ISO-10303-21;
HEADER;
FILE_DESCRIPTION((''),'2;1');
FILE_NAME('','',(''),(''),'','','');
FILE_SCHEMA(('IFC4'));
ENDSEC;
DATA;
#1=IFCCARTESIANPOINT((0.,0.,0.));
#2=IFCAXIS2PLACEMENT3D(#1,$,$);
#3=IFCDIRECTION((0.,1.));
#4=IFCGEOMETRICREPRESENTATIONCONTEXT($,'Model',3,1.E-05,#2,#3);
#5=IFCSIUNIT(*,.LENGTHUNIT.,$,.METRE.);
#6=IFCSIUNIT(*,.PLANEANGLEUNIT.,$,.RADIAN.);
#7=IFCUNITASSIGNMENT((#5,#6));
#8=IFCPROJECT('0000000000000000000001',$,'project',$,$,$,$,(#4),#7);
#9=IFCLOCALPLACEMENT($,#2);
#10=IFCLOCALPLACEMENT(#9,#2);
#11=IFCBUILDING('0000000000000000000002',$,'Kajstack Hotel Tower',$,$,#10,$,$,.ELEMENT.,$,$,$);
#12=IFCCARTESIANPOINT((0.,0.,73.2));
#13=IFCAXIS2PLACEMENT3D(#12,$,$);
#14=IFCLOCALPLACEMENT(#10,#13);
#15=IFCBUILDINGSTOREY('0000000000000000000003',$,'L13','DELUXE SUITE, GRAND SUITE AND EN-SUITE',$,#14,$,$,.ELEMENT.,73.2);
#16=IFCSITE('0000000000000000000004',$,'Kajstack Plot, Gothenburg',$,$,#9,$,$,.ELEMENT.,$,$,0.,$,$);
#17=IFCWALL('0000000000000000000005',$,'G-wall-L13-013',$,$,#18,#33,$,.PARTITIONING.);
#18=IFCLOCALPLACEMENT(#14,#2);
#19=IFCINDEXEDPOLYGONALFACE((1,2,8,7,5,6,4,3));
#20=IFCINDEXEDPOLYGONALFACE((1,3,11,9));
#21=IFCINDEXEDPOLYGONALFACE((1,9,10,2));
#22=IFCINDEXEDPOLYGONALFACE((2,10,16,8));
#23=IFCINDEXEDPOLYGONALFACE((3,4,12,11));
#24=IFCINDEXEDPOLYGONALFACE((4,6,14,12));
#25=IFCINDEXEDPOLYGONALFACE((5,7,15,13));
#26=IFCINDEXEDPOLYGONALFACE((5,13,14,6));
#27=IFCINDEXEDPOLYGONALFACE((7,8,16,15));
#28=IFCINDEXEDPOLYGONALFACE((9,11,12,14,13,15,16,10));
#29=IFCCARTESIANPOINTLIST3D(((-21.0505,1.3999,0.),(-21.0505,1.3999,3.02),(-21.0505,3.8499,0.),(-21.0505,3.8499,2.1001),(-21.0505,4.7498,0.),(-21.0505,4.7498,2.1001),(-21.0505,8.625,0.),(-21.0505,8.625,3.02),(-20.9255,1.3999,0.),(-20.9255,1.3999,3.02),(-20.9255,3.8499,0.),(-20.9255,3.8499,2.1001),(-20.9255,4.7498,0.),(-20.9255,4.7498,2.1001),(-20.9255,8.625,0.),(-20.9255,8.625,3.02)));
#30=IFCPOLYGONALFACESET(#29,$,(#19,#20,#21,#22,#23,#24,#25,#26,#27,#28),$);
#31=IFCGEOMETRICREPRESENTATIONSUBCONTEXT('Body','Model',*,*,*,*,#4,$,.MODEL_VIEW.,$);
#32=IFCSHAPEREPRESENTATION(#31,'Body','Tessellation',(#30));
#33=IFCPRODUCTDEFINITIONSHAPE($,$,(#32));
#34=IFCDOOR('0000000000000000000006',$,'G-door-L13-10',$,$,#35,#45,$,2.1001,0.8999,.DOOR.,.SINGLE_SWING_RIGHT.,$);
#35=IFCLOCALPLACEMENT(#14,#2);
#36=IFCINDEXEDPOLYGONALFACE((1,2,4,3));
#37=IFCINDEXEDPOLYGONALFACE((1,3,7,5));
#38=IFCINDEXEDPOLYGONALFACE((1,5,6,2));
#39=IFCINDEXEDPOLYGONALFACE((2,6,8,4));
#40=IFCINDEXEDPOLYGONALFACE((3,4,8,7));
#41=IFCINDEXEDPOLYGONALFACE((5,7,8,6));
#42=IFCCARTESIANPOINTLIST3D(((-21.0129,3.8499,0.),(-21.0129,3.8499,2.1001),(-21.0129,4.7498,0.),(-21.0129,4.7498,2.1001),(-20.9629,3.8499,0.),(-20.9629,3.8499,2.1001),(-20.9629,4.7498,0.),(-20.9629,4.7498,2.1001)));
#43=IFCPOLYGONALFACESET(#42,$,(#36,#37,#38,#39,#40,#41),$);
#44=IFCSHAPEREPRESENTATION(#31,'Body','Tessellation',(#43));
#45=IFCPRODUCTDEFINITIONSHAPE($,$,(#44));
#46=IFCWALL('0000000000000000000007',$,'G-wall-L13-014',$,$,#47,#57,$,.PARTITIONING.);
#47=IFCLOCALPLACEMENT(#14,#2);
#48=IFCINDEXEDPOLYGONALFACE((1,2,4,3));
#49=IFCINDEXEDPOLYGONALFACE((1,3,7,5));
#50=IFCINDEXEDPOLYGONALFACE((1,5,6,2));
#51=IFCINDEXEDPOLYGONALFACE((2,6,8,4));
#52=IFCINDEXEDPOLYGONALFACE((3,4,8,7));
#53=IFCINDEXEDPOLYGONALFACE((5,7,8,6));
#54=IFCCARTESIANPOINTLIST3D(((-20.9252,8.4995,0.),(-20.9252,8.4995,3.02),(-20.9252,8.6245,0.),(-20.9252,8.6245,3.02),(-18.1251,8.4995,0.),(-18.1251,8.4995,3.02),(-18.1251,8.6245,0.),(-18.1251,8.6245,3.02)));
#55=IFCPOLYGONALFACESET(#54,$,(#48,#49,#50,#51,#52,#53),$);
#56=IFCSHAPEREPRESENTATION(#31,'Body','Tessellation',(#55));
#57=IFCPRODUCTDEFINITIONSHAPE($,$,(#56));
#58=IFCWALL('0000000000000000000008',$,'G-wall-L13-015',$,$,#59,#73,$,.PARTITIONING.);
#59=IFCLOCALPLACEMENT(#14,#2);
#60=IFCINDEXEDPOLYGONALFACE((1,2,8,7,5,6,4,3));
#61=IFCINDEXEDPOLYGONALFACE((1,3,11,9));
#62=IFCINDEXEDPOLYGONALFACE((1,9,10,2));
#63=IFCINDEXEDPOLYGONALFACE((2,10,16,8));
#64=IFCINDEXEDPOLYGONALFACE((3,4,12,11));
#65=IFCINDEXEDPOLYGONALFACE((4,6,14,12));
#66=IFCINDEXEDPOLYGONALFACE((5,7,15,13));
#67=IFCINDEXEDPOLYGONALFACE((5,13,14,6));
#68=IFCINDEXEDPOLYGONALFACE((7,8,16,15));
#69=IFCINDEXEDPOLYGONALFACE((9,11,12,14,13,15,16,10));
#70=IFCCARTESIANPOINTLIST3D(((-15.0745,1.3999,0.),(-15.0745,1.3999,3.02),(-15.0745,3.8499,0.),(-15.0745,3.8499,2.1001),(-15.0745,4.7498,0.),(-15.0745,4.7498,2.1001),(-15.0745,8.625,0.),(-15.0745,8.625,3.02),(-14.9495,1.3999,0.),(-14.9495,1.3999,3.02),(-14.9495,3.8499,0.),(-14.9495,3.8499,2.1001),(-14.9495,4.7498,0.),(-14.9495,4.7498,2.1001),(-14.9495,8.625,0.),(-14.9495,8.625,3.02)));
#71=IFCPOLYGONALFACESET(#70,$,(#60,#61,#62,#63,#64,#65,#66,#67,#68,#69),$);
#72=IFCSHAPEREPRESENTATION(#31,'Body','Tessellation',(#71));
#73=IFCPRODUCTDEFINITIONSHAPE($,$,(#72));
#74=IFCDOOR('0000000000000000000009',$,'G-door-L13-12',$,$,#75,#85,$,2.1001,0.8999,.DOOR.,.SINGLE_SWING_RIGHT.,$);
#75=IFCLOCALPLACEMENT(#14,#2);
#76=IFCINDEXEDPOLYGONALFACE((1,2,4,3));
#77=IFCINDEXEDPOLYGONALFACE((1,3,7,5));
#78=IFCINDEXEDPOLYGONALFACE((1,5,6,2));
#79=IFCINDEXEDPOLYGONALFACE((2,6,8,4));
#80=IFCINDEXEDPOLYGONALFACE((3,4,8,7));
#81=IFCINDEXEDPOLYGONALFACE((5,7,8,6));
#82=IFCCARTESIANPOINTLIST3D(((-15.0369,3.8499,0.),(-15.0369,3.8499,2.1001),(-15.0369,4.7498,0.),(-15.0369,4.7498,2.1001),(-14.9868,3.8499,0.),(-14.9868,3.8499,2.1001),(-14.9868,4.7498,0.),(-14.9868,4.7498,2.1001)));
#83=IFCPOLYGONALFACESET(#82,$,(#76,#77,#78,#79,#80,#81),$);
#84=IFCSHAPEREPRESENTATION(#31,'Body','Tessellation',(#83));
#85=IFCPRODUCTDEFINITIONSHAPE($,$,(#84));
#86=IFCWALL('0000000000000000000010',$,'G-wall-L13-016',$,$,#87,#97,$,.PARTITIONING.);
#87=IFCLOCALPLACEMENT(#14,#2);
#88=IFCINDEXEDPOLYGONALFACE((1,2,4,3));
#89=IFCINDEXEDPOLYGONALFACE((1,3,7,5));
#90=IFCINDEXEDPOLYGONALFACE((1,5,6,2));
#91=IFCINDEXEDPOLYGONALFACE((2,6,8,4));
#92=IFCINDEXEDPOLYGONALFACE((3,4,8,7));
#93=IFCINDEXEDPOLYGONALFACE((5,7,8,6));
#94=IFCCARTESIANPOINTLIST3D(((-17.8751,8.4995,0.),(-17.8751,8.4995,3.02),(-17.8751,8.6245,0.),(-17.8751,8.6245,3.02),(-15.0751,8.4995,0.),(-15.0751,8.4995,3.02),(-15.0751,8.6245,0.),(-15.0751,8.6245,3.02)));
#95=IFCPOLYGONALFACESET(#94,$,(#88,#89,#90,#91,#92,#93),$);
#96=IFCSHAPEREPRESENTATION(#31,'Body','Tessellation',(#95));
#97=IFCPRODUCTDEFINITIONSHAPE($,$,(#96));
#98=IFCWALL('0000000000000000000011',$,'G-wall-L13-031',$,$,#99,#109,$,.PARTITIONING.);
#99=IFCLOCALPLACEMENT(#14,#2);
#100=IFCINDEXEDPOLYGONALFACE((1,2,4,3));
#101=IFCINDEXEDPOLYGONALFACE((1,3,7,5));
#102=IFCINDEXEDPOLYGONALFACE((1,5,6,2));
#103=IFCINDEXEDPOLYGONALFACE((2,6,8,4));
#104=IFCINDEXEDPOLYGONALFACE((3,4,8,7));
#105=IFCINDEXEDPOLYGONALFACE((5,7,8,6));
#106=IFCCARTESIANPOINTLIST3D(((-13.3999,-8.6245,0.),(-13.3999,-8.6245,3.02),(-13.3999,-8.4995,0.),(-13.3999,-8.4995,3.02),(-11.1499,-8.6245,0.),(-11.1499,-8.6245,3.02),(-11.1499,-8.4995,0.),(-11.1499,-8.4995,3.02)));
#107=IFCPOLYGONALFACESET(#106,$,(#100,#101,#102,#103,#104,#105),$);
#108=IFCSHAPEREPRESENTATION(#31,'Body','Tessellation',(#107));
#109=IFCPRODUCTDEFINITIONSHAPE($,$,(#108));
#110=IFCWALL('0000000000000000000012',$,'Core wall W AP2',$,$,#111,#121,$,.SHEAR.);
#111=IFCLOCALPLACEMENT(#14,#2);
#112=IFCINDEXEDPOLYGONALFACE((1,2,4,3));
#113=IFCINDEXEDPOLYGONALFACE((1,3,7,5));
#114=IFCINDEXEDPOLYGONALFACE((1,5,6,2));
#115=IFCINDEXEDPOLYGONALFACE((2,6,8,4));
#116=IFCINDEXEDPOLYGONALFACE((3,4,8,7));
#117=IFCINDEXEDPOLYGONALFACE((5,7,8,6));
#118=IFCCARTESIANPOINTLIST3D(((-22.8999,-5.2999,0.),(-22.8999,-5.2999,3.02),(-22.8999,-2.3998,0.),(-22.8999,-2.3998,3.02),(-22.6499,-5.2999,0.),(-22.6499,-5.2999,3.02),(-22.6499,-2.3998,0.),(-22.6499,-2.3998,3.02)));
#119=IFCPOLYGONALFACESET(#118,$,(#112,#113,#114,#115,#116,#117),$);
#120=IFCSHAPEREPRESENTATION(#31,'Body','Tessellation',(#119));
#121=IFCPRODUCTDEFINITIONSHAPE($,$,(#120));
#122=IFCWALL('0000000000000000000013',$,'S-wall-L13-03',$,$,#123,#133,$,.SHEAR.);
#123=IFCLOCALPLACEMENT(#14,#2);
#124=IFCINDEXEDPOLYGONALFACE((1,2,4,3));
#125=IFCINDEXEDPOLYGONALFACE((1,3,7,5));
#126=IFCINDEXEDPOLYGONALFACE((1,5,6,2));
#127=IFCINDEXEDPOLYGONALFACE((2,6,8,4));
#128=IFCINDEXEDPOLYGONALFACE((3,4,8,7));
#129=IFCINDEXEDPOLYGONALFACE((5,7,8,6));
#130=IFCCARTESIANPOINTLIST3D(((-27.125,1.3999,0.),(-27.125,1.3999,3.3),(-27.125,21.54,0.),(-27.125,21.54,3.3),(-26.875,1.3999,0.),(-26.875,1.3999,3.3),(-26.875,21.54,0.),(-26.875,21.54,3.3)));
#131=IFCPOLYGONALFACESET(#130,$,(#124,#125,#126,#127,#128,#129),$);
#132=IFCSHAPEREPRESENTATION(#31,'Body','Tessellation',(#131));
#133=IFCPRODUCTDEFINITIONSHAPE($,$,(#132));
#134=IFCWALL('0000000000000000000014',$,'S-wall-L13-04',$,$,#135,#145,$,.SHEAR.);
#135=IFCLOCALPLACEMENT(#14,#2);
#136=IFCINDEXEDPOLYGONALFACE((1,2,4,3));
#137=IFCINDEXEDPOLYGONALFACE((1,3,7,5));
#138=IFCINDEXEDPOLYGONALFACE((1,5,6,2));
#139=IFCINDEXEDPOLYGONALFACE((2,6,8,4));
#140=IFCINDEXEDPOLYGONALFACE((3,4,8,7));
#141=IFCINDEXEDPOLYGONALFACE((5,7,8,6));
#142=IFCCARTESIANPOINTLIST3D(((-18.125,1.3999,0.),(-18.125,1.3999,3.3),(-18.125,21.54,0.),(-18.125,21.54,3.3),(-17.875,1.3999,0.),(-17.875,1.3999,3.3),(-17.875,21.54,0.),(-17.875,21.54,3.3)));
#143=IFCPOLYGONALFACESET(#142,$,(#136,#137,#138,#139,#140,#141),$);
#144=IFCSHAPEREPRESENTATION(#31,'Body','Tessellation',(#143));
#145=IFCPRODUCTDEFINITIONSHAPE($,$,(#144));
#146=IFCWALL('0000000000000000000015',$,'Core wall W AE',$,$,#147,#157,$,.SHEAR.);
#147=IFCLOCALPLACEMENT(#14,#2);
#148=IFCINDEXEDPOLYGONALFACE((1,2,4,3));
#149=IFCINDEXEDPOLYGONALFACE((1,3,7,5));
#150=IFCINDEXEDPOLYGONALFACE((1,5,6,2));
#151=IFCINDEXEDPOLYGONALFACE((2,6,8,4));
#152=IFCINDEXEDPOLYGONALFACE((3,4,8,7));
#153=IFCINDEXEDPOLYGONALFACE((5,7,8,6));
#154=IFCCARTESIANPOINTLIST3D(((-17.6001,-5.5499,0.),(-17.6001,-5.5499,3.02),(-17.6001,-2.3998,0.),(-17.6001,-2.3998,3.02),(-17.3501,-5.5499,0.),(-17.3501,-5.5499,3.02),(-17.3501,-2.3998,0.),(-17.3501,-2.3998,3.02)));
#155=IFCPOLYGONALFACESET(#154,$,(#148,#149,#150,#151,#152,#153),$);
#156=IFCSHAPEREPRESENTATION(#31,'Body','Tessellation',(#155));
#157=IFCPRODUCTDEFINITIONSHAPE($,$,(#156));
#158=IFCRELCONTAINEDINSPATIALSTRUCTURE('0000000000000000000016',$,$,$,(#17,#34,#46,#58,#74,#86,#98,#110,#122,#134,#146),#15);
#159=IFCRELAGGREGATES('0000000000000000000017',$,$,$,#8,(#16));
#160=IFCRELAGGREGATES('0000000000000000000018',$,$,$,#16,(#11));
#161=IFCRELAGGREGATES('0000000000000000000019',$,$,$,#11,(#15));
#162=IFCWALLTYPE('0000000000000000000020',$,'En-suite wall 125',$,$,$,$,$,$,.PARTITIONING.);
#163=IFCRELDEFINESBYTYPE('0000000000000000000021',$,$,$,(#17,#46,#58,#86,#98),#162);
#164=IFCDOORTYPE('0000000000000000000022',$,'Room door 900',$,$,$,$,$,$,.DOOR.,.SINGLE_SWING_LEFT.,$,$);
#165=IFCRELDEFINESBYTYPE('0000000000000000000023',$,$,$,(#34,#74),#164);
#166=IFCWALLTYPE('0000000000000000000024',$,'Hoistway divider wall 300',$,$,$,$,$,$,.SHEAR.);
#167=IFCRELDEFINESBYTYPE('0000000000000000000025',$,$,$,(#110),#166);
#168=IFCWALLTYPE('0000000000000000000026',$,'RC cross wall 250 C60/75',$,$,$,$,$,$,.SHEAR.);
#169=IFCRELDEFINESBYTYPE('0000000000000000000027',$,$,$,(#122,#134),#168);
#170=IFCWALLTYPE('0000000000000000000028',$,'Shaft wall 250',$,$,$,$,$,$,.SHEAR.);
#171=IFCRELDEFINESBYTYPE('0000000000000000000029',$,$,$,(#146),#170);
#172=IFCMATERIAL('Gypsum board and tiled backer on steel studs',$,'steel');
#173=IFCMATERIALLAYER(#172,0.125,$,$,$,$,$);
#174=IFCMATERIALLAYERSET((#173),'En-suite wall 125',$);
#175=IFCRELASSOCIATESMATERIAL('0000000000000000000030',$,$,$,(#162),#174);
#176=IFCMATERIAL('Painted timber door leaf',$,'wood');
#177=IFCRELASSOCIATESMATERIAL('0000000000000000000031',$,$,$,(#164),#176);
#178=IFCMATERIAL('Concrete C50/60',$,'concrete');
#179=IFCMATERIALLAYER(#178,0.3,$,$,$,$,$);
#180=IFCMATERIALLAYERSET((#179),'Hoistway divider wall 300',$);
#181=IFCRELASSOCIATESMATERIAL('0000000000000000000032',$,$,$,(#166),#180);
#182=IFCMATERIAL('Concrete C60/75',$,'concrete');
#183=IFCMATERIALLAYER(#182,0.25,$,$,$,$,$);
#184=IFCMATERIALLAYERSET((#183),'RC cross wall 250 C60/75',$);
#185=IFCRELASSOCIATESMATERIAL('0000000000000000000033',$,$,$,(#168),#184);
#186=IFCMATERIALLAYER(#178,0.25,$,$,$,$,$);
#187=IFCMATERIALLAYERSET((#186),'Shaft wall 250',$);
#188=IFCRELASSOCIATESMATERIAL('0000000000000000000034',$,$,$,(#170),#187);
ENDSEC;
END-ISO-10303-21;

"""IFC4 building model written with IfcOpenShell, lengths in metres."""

from ifc_helpers import new_model, si_unit, direction, frame, frame_2d, origin, place, context, subcontext, project, spatial, rectangle, extrude, material, layer, layer_set, type_object, element, fill, save


model = new_model("IFC4")

# Units and contexts
model_context = context("Model", 3, precision=1e-05, world=origin(), true_north=direction((0.0, 1.0)))
body_context = subcontext(model_context, "Body", "Model", "MODEL_VIEW")
ifc_project = project(units=[si_unit("LENGTHUNIT", "METRE"), si_unit("PLANEANGLEUNIT", "RADIAN")], contexts=[model_context])

# Site, building, storey
site_placement = place(None, origin())
site = spatial("IfcSite", under=ifc_project, at=site_placement, Name="Kajstack Plot, Gothenburg", CompositionType="ELEMENT", RefElevation=0.0)
building_placement = place(site_placement, origin())
building = spatial("IfcBuilding", under=site, at=building_placement, Name="Kajstack Hotel Tower", CompositionType="ELEMENT")
storey_placement = place(building_placement, frame((0.0, 0.0, 73.2)))
storey = spatial("IfcBuildingStorey", under=building, at=storey_placement, Name="L13", Description="DELUXE SUITE, GRAND SUITE AND EN-SUITE", CompositionType="ELEMENT", Elevation=73.2)

# Wall, opening, door
ifc_material_1 = material(Name="Gypsum board and tiled backer on steel studs", Category="steel")
ifc_layer_1 = layer(ifc_material_1, 0.125)
ifc_layer_set_1 = layer_set([ifc_layer_1], Name="En-suite wall 125")
wall_type_1 = type_object("IfcWallType", Name="En-suite wall 125", PredefinedType="PARTITIONING", material=ifc_layer_set_1)
wall_1_placement = place(storey_placement, frame((-20.988, 1.3999, 0.0), z_axis=(0.0, 0.0, 1.0), x_axis=(0.0, 1.0, 0.0)))
wall_1 = element("IfcWall", 1, at=wall_1_placement, inside=storey, type_object=wall_type_1, Name="G-wall-L13-013", PredefinedType="PARTITIONING", context=body_context, shape_type="SweptSolid", body=[
    extrude(rectangle(XDim=7.2251, YDim=0.125, at=frame_2d((3.6125, 0.0))), origin(), (0.0, 0.0, 1.0), 3.02),
])
opening_1_placement = place(wall_1_placement, frame((2.45, 0.0, 0.0)))
opening_1 = element("IfcOpeningElement", 2, at=opening_1_placement, cuts=wall_1, PredefinedType="OPENING", context=body_context, shape_type="SweptSolid", body=[
    extrude(rectangle(XDim=0.8999, YDim=2.1001, at=frame_2d((0.45, 1.05))), frame((0.0, 0.0725, 0.0), z_axis=(0.0, -1.0, 0.0), x_axis=(1.0, 0.0, 0.0)), (0.0, 0.0, 1.0), 0.145),
])
ifc_material_2 = material(Name="Painted timber door leaf", Category="wood")
door_type_1 = type_object("IfcDoorType", Name="Room door 900", OperationType="SINGLE_SWING_LEFT", PredefinedType="DOOR", material=ifc_material_2)
door_1_placement = place(opening_1_placement, origin())
door_1 = element("IfcDoor", 3, at=door_1_placement, inside=storey, type_object=door_type_1, Name="G-door-L13-10", OperationType="SINGLE_SWING_RIGHT", OverallHeight=2.1001, OverallWidth=0.8999, PredefinedType="DOOR", context=body_context, shape_type="SweptSolid", body=[
    extrude(rectangle(XDim=0.8999, YDim=2.1001, at=frame_2d((0.45, 1.05))), frame((0.0, 0.0249, 0.0), z_axis=(0.0, -1.0, 0.0), x_axis=(1.0, 0.0, 0.0)), (0.0, 0.0, 1.0), 0.05),
])
fill(opening_1, door_1)

# Wall
wall_2_placement = place(storey_placement, frame((-20.925, 8.562, 0.0), z_axis=(0.0, 0.0, 1.0), x_axis=(1.0, 0.0, 0.0)))
element("IfcWall", 4, at=wall_2_placement, inside=storey, type_object=wall_type_1, Name="G-wall-L13-014", PredefinedType="PARTITIONING", context=body_context, shape_type="SweptSolid", body=[
    extrude(rectangle(XDim=2.8, YDim=0.125, at=frame_2d((1.3999, 0.0))), origin(), (0.0, 0.0, 1.0), 3.02),
])

# Wall, opening, door
wall_3_placement = place(storey_placement, frame((-15.012, 1.3999, 0.0), z_axis=(0.0, 0.0, 1.0), x_axis=(0.0, 1.0, 0.0)))
wall_3 = element("IfcWall", 5, at=wall_3_placement, inside=storey, type_object=wall_type_1, Name="G-wall-L13-015", PredefinedType="PARTITIONING", context=body_context, shape_type="SweptSolid", body=[
    extrude(rectangle(XDim=7.2251, YDim=0.125, at=frame_2d((3.6125, 0.0))), origin(), (0.0, 0.0, 1.0), 3.02),
])
opening_2_placement = place(wall_3_placement, frame((2.45, 0.0, 0.0)))
opening_2 = element("IfcOpeningElement", 6, at=opening_2_placement, cuts=wall_3, PredefinedType="OPENING", context=body_context, shape_type="SweptSolid", body=[
    extrude(rectangle(XDim=0.8999, YDim=2.1001, at=frame_2d((0.45, 1.05))), frame((0.0, 0.0725, 0.0), z_axis=(0.0, -1.0, 0.0), x_axis=(1.0, 0.0, 0.0)), (0.0, 0.0, 1.0), 0.145),
])
door_2_placement = place(opening_2_placement, origin())
door_2 = element("IfcDoor", 7, at=door_2_placement, inside=storey, type_object=door_type_1, Name="G-door-L13-12", OperationType="SINGLE_SWING_RIGHT", OverallHeight=2.1001, OverallWidth=0.8999, PredefinedType="DOOR", context=body_context, shape_type="SweptSolid", body=[
    extrude(rectangle(XDim=0.8999, YDim=2.1001, at=frame_2d((0.45, 1.05))), frame((0.0, 0.0249, 0.0), z_axis=(0.0, -1.0, 0.0), x_axis=(1.0, 0.0, 0.0)), (0.0, 0.0, 1.0), 0.05),
])
fill(opening_2, door_2)

# Walls
wall_4_placement = place(storey_placement, frame((-17.875, 8.562, 0.0), z_axis=(0.0, 0.0, 1.0), x_axis=(1.0, 0.0, 0.0)))
element("IfcWall", 8, at=wall_4_placement, inside=storey, type_object=wall_type_1, Name="G-wall-L13-016", PredefinedType="PARTITIONING", context=body_context, shape_type="SweptSolid", body=[
    extrude(rectangle(XDim=2.8, YDim=0.125, at=frame_2d((1.3999, 0.0))), origin(), (0.0, 0.0, 1.0), 3.02),
])
wall_5_placement = place(storey_placement, frame((-13.3999, -8.562, 0.0), z_axis=(0.0, 0.0, 1.0), x_axis=(1.0, 0.0, 0.0)))
element("IfcWall", 9, at=wall_5_placement, inside=storey, type_object=wall_type_1, Name="G-wall-L13-031", PredefinedType="PARTITIONING", context=body_context, shape_type="SweptSolid", body=[
    extrude(rectangle(XDim=2.25, YDim=0.125, at=frame_2d((1.125, 0.0))), origin(), (0.0, 0.0, 1.0), 3.02),
])
ifc_material_3 = material(Name="Concrete C50/60", Category="concrete")
ifc_layer_2 = layer(ifc_material_3, 0.3)
ifc_layer_set_2 = layer_set([ifc_layer_2], Name="Hoistway divider wall 300")
wall_type_2 = type_object("IfcWallType", Name="Hoistway divider wall 300", PredefinedType="SHEAR", material=ifc_layer_set_2)
wall_6_placement = place(storey_placement, frame((-22.7749, -5.3, 0.0), z_axis=(0.0, 0.0, 1.0), x_axis=(0.0, 1.0, 0.0)))
element("IfcWall", 10, at=wall_6_placement, inside=storey, type_object=wall_type_2, Name="Core wall W AP2", PredefinedType="SHEAR", context=body_context, shape_type="SweptSolid", body=[
    extrude(rectangle(XDim=2.9001, YDim=0.25, at=frame_2d((1.4502, 0.0))), origin(), (0.0, 0.0, 1.0), 3.02),
])
ifc_material_4 = material(Name="Concrete C60/75", Category="concrete")
ifc_layer_3 = layer(ifc_material_4, 0.25)
ifc_layer_set_3 = layer_set([ifc_layer_3], Name="RC cross wall 250 C60/75")
wall_type_3 = type_object("IfcWallType", Name="RC cross wall 250 C60/75", PredefinedType="SHEAR", material=ifc_layer_set_3)
for number, where, z_axis, x_axis, name in (
    (11, (-27.0, 1.3999, 0.0), (0.0, 0.0, 1.0), (0.0, 1.0, 0.0), "S-wall-L13-03"),
    (12, (-18.0, 1.3999, 0.0), (0.0, 0.0, 1.0), (0.0, 1.0, 0.0), "S-wall-L13-04"),
):
    element("IfcWall", number, at=place(storey_placement, frame(where, z_axis=z_axis, x_axis=x_axis)), inside=storey, type_object=wall_type_3, Name=name, PredefinedType="SHEAR", context=body_context, shape_type="SweptSolid", body=[
        extrude(rectangle(XDim=20.1401, YDim=0.25, at=frame_2d((10.0701, 0.0))), origin(), (0.0, 0.0, 1.0), 3.3),
    ])
ifc_layer_4 = layer(ifc_material_3, 0.25)
ifc_layer_set_4 = layer_set([ifc_layer_4], Name="Shaft wall 250")
wall_type_4 = type_object("IfcWallType", Name="Shaft wall 250", PredefinedType="SHEAR", material=ifc_layer_set_4)
wall_7_placement = place(storey_placement, frame((-17.4751, -5.55, 0.0), z_axis=(0.0, 0.0, 1.0), x_axis=(0.0, 1.0, 0.0)))
element("IfcWall", 13, at=wall_7_placement, inside=storey, type_object=wall_type_4, Name="Core wall W AE", PredefinedType="SHEAR", context=body_context, shape_type="SweptSolid", body=[
    extrude(rectangle(XDim=3.1501, YDim=0.25, at=frame_2d((1.5752, 0.0))), origin(), (0.0, 0.0, 1.0), 3.02),
])

save(model, "model.ifc")
